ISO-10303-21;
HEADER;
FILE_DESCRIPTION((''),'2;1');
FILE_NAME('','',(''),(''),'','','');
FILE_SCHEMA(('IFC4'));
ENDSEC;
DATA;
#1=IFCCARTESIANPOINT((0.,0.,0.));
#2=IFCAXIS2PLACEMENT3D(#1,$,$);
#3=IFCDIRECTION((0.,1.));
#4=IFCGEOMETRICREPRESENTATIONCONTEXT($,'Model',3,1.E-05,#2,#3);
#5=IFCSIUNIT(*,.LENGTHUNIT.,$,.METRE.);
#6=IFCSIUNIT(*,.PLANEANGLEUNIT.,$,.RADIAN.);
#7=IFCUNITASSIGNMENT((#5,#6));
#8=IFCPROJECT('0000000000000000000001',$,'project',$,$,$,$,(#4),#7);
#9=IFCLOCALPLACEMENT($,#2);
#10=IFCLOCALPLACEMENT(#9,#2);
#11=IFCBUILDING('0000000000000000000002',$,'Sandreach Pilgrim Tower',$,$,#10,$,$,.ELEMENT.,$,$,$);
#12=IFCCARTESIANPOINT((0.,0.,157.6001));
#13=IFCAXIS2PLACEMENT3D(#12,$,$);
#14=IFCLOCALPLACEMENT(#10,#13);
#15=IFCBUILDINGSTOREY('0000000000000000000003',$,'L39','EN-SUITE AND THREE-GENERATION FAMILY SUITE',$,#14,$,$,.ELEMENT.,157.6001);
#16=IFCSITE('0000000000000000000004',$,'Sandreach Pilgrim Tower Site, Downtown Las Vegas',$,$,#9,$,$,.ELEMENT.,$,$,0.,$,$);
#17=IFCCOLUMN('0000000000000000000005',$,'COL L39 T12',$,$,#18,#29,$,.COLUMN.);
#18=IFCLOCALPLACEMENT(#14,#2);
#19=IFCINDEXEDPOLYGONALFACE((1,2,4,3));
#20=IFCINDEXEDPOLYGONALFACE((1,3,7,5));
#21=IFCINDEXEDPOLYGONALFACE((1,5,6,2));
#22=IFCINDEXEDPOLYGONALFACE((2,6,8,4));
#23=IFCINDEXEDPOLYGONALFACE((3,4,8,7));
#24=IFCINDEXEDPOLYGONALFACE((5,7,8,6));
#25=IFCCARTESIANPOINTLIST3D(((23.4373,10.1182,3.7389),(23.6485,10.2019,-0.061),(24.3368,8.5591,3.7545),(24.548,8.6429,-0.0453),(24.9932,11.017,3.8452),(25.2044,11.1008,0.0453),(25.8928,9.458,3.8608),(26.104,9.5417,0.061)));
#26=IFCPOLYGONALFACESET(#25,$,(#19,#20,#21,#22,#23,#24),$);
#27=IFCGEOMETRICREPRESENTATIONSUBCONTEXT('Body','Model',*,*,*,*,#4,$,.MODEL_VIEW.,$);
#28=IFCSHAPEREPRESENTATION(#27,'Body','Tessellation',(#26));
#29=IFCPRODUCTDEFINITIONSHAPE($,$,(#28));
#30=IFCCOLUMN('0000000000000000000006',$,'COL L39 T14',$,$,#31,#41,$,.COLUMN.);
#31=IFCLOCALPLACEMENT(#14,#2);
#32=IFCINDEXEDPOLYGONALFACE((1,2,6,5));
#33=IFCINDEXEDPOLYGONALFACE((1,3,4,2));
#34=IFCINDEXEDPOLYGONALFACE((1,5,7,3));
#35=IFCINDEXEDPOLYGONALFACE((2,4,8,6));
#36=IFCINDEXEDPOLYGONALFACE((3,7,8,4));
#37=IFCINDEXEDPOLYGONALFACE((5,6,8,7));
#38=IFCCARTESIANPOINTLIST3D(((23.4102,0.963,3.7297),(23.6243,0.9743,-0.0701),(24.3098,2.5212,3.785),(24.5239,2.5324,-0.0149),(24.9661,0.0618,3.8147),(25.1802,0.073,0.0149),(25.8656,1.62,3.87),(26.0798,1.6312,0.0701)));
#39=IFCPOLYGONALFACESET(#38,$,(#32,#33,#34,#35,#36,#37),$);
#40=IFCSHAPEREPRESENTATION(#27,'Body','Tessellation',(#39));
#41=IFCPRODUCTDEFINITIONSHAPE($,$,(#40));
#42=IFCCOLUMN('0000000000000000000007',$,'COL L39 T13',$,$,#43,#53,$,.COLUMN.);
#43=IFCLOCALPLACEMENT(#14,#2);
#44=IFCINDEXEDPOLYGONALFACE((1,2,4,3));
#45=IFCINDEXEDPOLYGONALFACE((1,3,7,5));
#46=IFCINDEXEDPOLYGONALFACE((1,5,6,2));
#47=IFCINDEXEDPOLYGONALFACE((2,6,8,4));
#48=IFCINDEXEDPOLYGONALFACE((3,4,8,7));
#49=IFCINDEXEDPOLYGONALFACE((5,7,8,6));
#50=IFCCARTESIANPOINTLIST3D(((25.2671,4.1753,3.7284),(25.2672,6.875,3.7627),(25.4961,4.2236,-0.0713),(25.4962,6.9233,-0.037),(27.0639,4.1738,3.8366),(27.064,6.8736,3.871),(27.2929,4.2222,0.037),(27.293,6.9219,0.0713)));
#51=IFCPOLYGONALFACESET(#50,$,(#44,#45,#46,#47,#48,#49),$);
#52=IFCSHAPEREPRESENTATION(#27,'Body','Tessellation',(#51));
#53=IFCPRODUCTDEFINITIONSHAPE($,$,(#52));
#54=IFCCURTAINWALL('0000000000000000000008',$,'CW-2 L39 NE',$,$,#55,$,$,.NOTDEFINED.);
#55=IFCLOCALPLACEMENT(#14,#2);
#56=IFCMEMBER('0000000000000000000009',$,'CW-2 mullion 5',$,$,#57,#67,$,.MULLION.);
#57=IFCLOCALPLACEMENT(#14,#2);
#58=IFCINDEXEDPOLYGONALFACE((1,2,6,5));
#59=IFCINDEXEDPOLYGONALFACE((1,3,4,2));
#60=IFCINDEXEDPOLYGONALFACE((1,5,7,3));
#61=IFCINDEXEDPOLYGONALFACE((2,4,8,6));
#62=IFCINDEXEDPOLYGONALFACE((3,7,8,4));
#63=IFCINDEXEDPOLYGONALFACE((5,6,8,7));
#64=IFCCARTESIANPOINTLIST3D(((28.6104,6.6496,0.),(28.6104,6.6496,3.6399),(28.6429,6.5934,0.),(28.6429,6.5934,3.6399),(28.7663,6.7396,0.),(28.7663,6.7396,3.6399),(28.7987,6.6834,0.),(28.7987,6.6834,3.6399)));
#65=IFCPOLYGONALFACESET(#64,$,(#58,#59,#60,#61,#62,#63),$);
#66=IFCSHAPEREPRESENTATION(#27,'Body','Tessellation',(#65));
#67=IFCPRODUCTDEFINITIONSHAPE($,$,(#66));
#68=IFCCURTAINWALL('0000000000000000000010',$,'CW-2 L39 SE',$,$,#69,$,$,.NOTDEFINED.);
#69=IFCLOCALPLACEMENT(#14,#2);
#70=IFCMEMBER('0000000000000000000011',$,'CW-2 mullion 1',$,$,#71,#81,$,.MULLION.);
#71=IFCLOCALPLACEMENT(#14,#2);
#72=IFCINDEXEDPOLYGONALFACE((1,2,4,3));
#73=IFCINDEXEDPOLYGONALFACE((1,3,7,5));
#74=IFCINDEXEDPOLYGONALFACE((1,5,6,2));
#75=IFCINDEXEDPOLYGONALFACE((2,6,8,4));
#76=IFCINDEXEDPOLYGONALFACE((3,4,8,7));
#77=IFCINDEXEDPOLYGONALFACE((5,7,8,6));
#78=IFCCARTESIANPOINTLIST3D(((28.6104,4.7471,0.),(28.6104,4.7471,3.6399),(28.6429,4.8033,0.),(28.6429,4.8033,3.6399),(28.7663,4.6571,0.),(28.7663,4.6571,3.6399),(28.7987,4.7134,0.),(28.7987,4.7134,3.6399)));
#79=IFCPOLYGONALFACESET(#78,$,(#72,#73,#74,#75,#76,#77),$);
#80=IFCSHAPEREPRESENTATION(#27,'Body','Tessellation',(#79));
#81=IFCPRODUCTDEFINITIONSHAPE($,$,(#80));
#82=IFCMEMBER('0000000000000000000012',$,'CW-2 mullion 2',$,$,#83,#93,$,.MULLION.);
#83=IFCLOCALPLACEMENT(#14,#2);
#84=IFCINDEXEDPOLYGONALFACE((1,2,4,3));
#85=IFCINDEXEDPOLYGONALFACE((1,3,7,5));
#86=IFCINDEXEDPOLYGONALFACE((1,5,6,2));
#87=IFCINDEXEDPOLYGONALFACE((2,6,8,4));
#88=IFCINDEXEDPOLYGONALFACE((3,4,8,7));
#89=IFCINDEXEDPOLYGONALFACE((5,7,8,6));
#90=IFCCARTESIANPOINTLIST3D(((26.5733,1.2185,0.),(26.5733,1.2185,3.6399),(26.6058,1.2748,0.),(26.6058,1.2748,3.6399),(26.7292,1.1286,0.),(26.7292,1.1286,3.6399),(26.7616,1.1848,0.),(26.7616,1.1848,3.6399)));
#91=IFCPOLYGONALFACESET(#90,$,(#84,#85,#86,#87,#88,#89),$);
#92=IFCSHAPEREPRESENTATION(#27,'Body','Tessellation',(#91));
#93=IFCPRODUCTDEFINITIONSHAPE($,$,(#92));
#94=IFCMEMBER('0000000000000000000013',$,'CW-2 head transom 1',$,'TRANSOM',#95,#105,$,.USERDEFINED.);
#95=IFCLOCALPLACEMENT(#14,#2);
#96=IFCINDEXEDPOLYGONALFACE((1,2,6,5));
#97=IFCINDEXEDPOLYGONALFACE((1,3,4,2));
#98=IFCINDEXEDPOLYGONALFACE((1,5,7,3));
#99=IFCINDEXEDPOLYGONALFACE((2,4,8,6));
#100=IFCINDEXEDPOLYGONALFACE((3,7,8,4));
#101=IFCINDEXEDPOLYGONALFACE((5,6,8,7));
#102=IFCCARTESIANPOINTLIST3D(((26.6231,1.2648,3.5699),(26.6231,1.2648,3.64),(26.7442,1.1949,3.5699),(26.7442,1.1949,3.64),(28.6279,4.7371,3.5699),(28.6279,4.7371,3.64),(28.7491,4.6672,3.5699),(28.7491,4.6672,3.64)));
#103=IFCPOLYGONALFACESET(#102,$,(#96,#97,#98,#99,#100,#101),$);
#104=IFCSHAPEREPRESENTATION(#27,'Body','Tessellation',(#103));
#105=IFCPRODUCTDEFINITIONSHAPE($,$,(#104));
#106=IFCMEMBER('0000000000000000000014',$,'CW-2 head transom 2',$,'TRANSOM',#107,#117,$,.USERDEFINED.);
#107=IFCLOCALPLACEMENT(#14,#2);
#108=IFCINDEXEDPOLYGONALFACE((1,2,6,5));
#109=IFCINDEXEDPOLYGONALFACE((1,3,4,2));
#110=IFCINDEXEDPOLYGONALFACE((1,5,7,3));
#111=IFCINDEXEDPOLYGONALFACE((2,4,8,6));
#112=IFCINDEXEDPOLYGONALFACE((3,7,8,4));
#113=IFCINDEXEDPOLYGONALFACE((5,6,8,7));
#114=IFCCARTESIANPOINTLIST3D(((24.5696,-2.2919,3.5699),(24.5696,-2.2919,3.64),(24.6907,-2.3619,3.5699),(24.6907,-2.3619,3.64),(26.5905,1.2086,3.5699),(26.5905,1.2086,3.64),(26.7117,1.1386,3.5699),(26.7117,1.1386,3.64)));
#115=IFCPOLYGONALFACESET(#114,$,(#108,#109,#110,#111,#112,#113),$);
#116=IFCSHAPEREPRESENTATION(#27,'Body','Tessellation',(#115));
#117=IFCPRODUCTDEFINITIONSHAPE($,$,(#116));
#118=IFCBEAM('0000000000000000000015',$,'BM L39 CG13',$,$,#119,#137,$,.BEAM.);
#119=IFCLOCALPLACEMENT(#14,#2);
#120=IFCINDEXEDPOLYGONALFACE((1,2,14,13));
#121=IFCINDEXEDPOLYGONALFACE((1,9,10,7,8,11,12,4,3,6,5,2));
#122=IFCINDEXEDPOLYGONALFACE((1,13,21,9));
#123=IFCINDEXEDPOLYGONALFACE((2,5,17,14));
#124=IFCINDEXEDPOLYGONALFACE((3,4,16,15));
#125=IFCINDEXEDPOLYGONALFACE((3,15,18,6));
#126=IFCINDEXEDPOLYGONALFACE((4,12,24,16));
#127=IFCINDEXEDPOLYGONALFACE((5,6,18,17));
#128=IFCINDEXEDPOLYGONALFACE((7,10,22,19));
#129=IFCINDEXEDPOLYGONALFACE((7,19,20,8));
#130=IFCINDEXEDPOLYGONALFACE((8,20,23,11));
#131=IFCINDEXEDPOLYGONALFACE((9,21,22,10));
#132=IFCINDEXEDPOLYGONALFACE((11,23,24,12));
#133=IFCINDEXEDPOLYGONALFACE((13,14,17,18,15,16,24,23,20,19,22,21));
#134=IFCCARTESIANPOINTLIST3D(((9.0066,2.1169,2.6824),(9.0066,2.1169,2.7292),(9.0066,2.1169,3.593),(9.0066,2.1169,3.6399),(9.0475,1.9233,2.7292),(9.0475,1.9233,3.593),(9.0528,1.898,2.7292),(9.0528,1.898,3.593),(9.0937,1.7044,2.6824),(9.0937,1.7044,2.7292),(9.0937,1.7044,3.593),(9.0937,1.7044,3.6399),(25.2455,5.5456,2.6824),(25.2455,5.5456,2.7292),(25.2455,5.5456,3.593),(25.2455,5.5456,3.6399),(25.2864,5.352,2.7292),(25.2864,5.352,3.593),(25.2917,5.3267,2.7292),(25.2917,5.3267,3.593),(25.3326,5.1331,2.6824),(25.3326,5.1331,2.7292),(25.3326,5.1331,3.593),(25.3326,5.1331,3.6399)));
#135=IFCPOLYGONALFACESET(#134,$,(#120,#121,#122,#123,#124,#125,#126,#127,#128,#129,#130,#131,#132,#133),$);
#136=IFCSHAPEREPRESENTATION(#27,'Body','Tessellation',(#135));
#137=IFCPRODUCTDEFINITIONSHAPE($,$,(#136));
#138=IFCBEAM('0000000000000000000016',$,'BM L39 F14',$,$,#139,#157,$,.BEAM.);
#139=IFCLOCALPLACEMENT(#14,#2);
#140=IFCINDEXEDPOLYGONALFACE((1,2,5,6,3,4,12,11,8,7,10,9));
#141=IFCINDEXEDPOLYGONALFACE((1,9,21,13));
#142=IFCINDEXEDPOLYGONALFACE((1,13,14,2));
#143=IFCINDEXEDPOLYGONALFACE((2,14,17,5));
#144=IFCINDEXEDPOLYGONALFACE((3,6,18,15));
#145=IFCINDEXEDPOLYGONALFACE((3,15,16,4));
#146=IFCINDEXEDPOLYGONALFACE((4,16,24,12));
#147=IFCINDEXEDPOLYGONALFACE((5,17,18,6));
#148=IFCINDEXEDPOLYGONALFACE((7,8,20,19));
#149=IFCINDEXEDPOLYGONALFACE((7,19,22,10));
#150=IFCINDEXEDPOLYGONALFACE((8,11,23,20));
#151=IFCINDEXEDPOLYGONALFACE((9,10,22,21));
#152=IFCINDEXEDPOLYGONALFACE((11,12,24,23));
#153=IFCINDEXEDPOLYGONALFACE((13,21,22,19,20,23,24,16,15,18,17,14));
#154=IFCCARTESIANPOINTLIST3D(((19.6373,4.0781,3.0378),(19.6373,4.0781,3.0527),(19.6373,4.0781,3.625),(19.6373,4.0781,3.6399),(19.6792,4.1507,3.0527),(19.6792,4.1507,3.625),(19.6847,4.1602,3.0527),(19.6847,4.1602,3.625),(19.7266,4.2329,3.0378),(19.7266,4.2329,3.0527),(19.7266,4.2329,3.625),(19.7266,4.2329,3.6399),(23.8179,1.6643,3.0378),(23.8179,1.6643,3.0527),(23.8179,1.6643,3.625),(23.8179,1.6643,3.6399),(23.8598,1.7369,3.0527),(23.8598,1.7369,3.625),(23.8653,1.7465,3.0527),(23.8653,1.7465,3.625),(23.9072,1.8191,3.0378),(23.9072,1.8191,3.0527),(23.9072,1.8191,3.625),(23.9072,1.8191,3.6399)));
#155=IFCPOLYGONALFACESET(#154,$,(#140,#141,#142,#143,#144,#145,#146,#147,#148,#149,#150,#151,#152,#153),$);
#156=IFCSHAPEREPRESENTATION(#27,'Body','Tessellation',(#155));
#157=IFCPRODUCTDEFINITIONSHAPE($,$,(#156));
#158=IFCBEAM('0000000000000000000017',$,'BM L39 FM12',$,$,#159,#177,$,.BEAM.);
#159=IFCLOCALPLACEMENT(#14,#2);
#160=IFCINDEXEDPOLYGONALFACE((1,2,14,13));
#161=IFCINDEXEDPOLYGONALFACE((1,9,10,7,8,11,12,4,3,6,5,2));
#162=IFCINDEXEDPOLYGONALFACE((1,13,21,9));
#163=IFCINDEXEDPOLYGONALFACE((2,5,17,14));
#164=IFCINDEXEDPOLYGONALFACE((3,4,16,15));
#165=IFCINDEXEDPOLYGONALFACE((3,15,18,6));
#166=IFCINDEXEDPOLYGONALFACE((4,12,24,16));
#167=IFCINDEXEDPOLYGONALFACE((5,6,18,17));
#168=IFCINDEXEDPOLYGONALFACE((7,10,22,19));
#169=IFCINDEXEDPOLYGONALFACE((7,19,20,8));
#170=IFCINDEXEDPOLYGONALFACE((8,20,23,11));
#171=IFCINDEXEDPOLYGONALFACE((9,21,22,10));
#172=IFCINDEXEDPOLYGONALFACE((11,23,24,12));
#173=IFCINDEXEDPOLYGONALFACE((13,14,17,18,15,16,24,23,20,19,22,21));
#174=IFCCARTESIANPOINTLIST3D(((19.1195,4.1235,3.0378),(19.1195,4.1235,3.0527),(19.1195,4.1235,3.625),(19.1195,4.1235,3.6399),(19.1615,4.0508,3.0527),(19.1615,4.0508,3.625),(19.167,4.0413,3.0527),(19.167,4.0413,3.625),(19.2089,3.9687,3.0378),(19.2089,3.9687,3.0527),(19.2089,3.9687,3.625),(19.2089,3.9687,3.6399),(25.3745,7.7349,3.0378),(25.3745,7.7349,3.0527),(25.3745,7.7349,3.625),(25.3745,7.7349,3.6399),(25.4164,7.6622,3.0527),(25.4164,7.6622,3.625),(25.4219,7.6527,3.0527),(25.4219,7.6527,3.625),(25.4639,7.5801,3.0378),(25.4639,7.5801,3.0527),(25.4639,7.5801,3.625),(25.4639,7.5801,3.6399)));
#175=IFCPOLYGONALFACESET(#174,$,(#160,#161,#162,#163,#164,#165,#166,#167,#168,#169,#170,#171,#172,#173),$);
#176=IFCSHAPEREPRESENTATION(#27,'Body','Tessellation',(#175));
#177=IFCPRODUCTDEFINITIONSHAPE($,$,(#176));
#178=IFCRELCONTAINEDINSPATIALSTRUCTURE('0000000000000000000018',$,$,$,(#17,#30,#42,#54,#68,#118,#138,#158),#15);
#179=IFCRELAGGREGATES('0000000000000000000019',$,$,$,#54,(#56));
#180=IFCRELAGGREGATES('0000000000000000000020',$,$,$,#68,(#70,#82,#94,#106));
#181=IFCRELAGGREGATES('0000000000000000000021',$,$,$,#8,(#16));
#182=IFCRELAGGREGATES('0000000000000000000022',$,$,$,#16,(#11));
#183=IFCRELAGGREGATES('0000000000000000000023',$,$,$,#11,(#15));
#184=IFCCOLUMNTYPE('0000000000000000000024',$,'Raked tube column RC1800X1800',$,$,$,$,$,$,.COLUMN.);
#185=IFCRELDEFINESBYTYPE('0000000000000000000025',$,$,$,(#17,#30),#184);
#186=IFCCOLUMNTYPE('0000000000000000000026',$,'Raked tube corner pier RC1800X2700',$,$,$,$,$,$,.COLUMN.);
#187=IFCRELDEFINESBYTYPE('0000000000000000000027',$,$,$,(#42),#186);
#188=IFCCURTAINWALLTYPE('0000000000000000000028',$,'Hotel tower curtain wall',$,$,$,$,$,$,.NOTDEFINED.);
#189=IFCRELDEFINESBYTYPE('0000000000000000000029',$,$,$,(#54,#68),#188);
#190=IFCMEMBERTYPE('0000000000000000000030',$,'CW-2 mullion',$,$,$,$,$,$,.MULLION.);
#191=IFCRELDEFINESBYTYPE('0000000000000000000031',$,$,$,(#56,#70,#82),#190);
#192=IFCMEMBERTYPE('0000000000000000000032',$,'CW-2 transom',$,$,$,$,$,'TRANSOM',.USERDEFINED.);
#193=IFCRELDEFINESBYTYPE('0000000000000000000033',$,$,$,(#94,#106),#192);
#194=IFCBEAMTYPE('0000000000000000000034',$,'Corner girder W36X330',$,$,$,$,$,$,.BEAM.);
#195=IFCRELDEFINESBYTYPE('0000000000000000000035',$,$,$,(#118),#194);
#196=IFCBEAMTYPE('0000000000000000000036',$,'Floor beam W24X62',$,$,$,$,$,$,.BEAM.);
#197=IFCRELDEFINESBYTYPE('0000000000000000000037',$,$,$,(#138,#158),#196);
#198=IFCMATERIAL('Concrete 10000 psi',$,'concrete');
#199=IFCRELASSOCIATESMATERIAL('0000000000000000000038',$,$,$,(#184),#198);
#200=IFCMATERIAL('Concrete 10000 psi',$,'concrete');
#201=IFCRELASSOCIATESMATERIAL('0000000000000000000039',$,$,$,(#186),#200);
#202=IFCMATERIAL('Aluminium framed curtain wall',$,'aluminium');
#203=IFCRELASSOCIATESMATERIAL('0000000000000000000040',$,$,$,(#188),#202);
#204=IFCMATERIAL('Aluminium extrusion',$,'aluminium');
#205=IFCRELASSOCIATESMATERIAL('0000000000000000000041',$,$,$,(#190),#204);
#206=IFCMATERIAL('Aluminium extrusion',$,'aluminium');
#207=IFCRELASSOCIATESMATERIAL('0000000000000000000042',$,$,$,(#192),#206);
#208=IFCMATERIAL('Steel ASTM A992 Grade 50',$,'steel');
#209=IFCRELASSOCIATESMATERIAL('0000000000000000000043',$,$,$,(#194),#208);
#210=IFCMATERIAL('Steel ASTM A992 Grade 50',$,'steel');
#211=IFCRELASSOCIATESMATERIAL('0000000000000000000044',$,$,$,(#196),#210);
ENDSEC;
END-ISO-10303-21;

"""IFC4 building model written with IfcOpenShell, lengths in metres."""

from ifc_helpers import new_model, si_unit, direction, frame, origin, origin_2d, place, context, subcontext, project, spatial, rectangle, i_section, extrude, material, material_profile, profile_set, type_object, element, aggregate, save


model = new_model("IFC4")

# Units and contexts
model_context = context("Model", 3, precision=1e-05, world=origin(), true_north=direction((0.0, 1.0)))
body_context = subcontext(model_context, "Body", "Model", "MODEL_VIEW")
ifc_project = project(units=[si_unit("LENGTHUNIT", "METRE"), si_unit("PLANEANGLEUNIT", "RADIAN")], contexts=[model_context])

# Site, building, storey
site_placement = place(None, origin())
site = spatial("IfcSite", under=ifc_project, at=site_placement, Name="Sandreach Pilgrim Tower Site, Downtown Las Vegas", CompositionType="ELEMENT", RefElevation=0.0)
building_placement = place(site_placement, origin())
building = spatial("IfcBuilding", under=site, at=building_placement, Name="Sandreach Pilgrim Tower", CompositionType="ELEMENT")
storey_placement = place(building_placement, frame((0.0, 0.0, 157.6001)))
storey = spatial("IfcBuildingStorey", under=building, at=storey_placement, Name="L39", Description="EN-SUITE AND THREE-GENERATION FAMILY SUITE", CompositionType="ELEMENT", Elevation=157.6001)

# Columns
ifc_material_1 = material(Name="Concrete 10000 psi", Category="concrete")
ifc_material_profile_1 = material_profile(ifc_material_1, rectangle(XDim=1.8, YDim=1.8, at=origin_2d()), Name="RC1800X1800")
ifc_profile_set_1 = profile_set([ifc_material_profile_1], Name="Concrete 10000 psi")
column_type_1 = type_object("IfcColumnType", Name="Raked tube column RC1800X1800", PredefinedType="COLUMN", material=ifc_profile_set_1)
column_1_placement = place(storey_placement, frame((24.8762, 9.8718, 0.0), z_axis=(-0.055478, -0.021999, 0.998218), x_axis=(0.864393, 0.499339, 0.059045)))
element("IfcColumn", 1, at=column_1_placement, inside=storey, type_object=column_type_1, Name="COL L39 T12", PredefinedType="COLUMN", context=body_context, shape_type="SweptSolid", body=[
    extrude(rectangle(XDim=1.8, YDim=1.8, at=origin_2d()), origin(), (0.0, 0.0, 1.0), 3.8066),
])
column_2_placement = place(storey_placement, frame((24.8521, 1.3027, 0.0), z_axis=(-0.056258, -0.002951, 0.998412), x_axis=(0.864347, -0.500673, 0.047224)))
element("IfcColumn", 2, at=column_2_placement, inside=storey, type_object=column_type_1, Name="COL L39 T14", PredefinedType="COLUMN", context=body_context, shape_type="SweptSolid", body=[
    extrude(rectangle(XDim=1.8, YDim=1.8, at=origin_2d()), origin(), (0.0, 0.0, 1.0), 3.8059),
])
ifc_material_2 = material(Name="Concrete 10000 psi", Category="concrete")
ifc_material_profile_2 = material_profile(ifc_material_2, rectangle(XDim=1.8, YDim=2.7, at=origin_2d()), Name="RC1800X2700")
ifc_profile_set_2 = profile_set([ifc_material_profile_2], Name="Concrete 10000 psi")
column_type_2 = type_object("IfcColumnType", Name="Raked tube corner pier RC1800X2700", PredefinedType="COLUMN", material=ifc_profile_set_2)
column_3_placement = place(storey_placement, frame((26.3945, 5.5728, 0.0), z_axis=(-0.060153, -0.012698, 0.998108), x_axis=(0.998189, -0.000809, 0.060148)))
element("IfcColumn", 3, at=column_3_placement, inside=storey, type_object=column_type_2, Name="COL L39 T13", PredefinedType="COLUMN", context=body_context, shape_type="SweptSolid", body=[
    extrude(rectangle(XDim=1.8, YDim=2.7, at=origin_2d()), origin(), (0.0, 0.0, 1.0), 3.8069),
])

# Curtain wall, member
ifc_material_3 = material(Name="Aluminium framed curtain wall", Category="aluminium")
curtain_wall_type = type_object("IfcCurtainWallType", Name="Hotel tower curtain wall", PredefinedType="NOTDEFINED", material=ifc_material_3)
curtain_wall_1_placement = place(storey_placement, origin())
curtain_wall_1 = element("IfcCurtainWall", 4, at=curtain_wall_1_placement, inside=storey, type_object=curtain_wall_type, Name="CW-2 L39 NE", PredefinedType="NOTDEFINED")
ifc_material_4 = material(Name="Aluminium extrusion", Category="aluminium")
ifc_material_profile_3 = material_profile(ifc_material_4, rectangle(XDim=0.0649, YDim=0.1799, at=origin_2d()), Name="CW-2M 65X180")
ifc_profile_set_3 = profile_set([ifc_material_profile_3], Name="Aluminium extrusion")
member_type_1 = type_object("IfcMemberType", Name="CW-2 mullion", PredefinedType="MULLION", material=ifc_profile_set_3)
member_1_placement = place(storey_placement, frame((28.7046, 6.6665, 0.0), z_axis=(0.0, 0.0, 1.0), x_axis=(0.5, -0.866025, 0.0)))
member_1 = element("IfcMember", 5, at=member_1_placement, type_object=member_type_1, Name="CW-2 mullion 5", PredefinedType="MULLION", context=body_context, shape_type="SweptSolid", body=[
    extrude(rectangle(XDim=0.0649, YDim=0.1799, at=origin_2d()), origin(), (0.0, 0.0, 1.0), 3.6399),
])

# Curtain wall, members
curtain_wall_2_placement = place(storey_placement, origin())
curtain_wall_2 = element("IfcCurtainWall", 6, at=curtain_wall_2_placement, inside=storey, type_object=curtain_wall_type, Name="CW-2 L39 SE", PredefinedType="NOTDEFINED")
member_2_placement = place(storey_placement, frame((28.7046, 4.7302, 0.0), z_axis=(0.0, 0.0, 1.0), x_axis=(-0.5, -0.866025, 0.0)))
member_2 = element("IfcMember", 7, at=member_2_placement, type_object=member_type_1, Name="CW-2 mullion 1", PredefinedType="MULLION", context=body_context, shape_type="SweptSolid", body=[
    extrude(rectangle(XDim=0.0649, YDim=0.1799, at=origin_2d()), origin(), (0.0, 0.0, 1.0), 3.6399),
])
member_3_placement = place(storey_placement, frame((26.6675, 1.2017, 0.0), z_axis=(0.0, 0.0, 1.0), x_axis=(-0.5, -0.866025, 0.0)))
member_3 = element("IfcMember", 8, at=member_3_placement, type_object=member_type_1, Name="CW-2 mullion 2", PredefinedType="MULLION", context=body_context, shape_type="SweptSolid", body=[
    extrude(rectangle(XDim=0.0649, YDim=0.1799, at=origin_2d()), origin(), (0.0, 0.0, 1.0), 3.6399),
])
ifc_material_5 = material(Name="Aluminium extrusion", Category="aluminium")
ifc_material_profile_4 = material_profile(ifc_material_5, rectangle(XDim=0.1399, YDim=0.0701, at=origin_2d()), Name="CW-2T 140X70")
ifc_profile_set_4 = profile_set([ifc_material_profile_4], Name="Aluminium extrusion")
member_type_2 = type_object("IfcMemberType", Name="CW-2 transom", ElementType="TRANSOM", PredefinedType="USERDEFINED", material=ifc_profile_set_4)
member_4_placement = place(storey_placement, frame((28.6885, 4.7021, 3.605), z_axis=(-0.500016, -0.866016, 0.0), x_axis=(0.866016, -0.500016, 0.0)))
member_4 = element("IfcMember", 9, at=member_4_placement, type_object=member_type_2, Name="CW-2 head transom 1", ObjectType="TRANSOM", PredefinedType="USERDEFINED", context=body_context, shape_type="SweptSolid", body=[
    extrude(rectangle(XDim=0.1399, YDim=0.0701, at=origin_2d()), origin(), (0.0, 0.0, 1.0), 4.0095),
])
member_5_placement = place(storey_placement, frame((26.6511, 1.1736, 3.605), z_axis=(-0.499998, -0.866027, 0.0), x_axis=(0.866027, -0.499998, 0.0)))
member_5 = element("IfcMember", 10, at=member_5_placement, type_object=member_type_2, Name="CW-2 head transom 2", ObjectType="TRANSOM", PredefinedType="USERDEFINED", context=body_context, shape_type="SweptSolid", body=[
    extrude(rectangle(XDim=0.1399, YDim=0.0701, at=origin_2d()), origin(), (0.0, 0.0, 1.0), 4.042),
])

# Beams
ifc_material_6 = material(Name="Steel ASTM A992 Grade 50", Category="steel")
ifc_material_profile_5 = material_profile(ifc_material_6, i_section(OverallWidth=0.4216, OverallDepth=0.9575, WebThickness=0.0259, FlangeThickness=0.0469, at=origin_2d()), Name="W36X330")
ifc_profile_set_5 = profile_set([ifc_material_profile_5], Name="Steel ASTM A992 Grade 50")
beam_type_1 = type_object("IfcBeamType", Name="Corner girder W36X330", PredefinedType="BEAM", material=ifc_profile_set_5)
beam_1_placement = place(storey_placement, frame((25.2891, 5.3394, 3.1611), z_axis=(-0.978429, -0.206586, 0.0), x_axis=(0.206586, -0.978429, 0.0)))
element("IfcBeam", 11, at=beam_1_placement, inside=storey, type_object=beam_type_1, Name="BM L39 CG13", PredefinedType="BEAM", context=body_context, shape_type="SweptSolid", body=[
    extrude(i_section(OverallWidth=0.4216, OverallDepth=0.9575, WebThickness=0.0259, FlangeThickness=0.0469, at=origin_2d()), origin(), (0.0, 0.0, 1.0), 16.5969),
])
ifc_material_7 = material(Name="Steel ASTM A992 Grade 50", Category="steel")
ifc_material_profile_6 = material_profile(ifc_material_7, i_section(OverallWidth=0.1787, OverallDepth=0.6021, WebThickness=0.011, FlangeThickness=0.0149, at=origin_2d()), Name="W24X62")
ifc_profile_set_6 = profile_set([ifc_material_profile_6], Name="Steel ASTM A992 Grade 50")
beam_type_2 = type_object("IfcBeamType", Name="Floor beam W24X62", PredefinedType="BEAM", material=ifc_profile_set_6)
beam_2_placement = place(storey_placement, frame((23.8625, 1.7417, 3.3389), z_axis=(-0.866015, 0.500017, 0.0), x_axis=(-0.500017, -0.866015, 0.0)))
element("IfcBeam", 12, at=beam_2_placement, inside=storey, type_object=beam_type_2, Name="BM L39 F14", PredefinedType="BEAM", context=body_context, shape_type="SweptSolid", body=[
    extrude(i_section(OverallWidth=0.1787, OverallDepth=0.6021, WebThickness=0.011, FlangeThickness=0.0149, at=origin_2d()), origin(), (0.0, 0.0, 1.0), 4.8274),
])
beam_3_placement = place(storey_placement, frame((25.4192, 7.6575, 3.3389), z_axis=(-0.866021, -0.500007, 0.0), x_axis=(0.500007, -0.866021, 0.0)))
element("IfcBeam", 13, at=beam_3_placement, inside=storey, type_object=beam_type_2, Name="BM L39 FM12", PredefinedType="BEAM", context=body_context, shape_type="SweptSolid", body=[
    extrude(i_section(OverallWidth=0.1787, OverallDepth=0.6021, WebThickness=0.011, FlangeThickness=0.0149, at=origin_2d()), origin(), (0.0, 0.0, 1.0), 7.2227),
])

aggregate(curtain_wall_1, [member_1])
aggregate(curtain_wall_2, [member_2, member_3, member_4, member_5])

save(model, "model.ifc")
